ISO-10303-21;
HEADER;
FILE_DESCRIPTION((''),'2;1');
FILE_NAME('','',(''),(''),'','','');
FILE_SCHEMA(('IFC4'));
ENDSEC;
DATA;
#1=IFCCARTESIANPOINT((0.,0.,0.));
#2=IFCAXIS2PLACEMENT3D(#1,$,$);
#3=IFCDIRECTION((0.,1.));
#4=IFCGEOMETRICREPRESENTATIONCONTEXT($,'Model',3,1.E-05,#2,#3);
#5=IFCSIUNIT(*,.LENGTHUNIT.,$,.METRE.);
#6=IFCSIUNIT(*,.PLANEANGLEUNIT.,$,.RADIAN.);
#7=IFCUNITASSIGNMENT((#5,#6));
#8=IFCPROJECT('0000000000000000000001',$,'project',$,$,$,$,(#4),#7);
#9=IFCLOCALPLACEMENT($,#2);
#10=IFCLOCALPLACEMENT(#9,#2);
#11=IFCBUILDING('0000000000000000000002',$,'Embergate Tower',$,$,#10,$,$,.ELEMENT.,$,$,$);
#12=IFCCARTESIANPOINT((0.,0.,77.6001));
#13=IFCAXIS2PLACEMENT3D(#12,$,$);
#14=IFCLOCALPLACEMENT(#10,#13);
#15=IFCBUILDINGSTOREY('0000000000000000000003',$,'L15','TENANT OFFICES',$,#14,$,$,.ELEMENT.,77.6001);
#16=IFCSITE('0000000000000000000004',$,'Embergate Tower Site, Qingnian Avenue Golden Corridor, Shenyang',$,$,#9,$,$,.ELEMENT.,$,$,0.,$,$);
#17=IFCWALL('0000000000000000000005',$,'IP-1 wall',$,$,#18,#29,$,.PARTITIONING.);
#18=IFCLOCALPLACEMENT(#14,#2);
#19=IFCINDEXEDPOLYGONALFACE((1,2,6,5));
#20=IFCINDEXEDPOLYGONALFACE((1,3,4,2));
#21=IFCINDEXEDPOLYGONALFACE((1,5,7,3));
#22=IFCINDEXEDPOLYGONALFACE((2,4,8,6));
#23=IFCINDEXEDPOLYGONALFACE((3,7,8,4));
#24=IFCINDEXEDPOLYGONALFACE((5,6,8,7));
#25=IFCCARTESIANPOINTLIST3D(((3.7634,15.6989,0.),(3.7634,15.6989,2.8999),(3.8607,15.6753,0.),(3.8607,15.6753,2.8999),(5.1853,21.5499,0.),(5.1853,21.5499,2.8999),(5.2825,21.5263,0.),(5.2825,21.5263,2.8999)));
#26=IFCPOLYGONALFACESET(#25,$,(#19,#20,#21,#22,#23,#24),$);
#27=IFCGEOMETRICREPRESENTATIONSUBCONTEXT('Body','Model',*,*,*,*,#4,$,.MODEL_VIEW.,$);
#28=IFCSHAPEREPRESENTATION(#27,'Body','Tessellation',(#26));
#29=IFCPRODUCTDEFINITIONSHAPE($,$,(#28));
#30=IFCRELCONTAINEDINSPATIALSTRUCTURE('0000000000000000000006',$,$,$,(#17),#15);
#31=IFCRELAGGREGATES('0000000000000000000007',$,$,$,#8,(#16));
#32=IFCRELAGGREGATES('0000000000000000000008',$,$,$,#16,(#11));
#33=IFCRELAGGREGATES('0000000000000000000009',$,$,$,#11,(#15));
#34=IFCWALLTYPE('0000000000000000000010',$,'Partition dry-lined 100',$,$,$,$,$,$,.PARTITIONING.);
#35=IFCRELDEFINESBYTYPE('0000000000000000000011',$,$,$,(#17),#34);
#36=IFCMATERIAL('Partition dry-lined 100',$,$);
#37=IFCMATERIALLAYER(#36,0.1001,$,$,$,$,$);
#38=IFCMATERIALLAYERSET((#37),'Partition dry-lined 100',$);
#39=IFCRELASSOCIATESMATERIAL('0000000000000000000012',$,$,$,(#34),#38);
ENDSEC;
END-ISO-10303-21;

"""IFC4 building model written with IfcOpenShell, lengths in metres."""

from ifc_helpers import new_model, si_unit, direction, frame, frame_2d, origin, place, context, subcontext, project, spatial, rectangle, extrude, source, transform, mapped, material, layer, layer_set, type_object, element, save


model = new_model("IFC4")

# Units and contexts
model_context = context("Model", 3, precision=1e-05, world=origin(), true_north=direction((0.0, 1.0)))
body_context = subcontext(model_context, "Body", "Model", "MODEL_VIEW")
ifc_project = project(units=[si_unit("LENGTHUNIT", "METRE"), si_unit("PLANEANGLEUNIT", "RADIAN")], contexts=[model_context])

# Site, building, storey
site_placement = place(None, origin())
site = spatial("IfcSite", under=ifc_project, at=site_placement, Name="Embergate Tower Site, Qingnian Avenue Golden Corridor, Shenyang", CompositionType="ELEMENT", RefElevation=0.0)
building_placement = place(site_placement, origin())
building = spatial("IfcBuilding", under=site, at=building_placement, Name="Embergate Tower", CompositionType="ELEMENT")
storey_placement = place(building_placement, frame((0.0, 0.0, 77.6001)))
storey = spatial("IfcBuildingStorey", under=building, at=storey_placement, Name="L15", Description="TENANT OFFICES", CompositionType="ELEMENT", Elevation=77.6001)

# Wall
ifc_material_1 = material(Name="Partition dry-lined 100")
ifc_layer_1 = layer(ifc_material_1, 0.1001)
ifc_layer_set_1 = layer_set([ifc_layer_1], Name="Partition dry-lined 100")
wall_type_1 = type_object("IfcWallType", Name="Partition dry-lined 100", PredefinedType="PARTITIONING", material=ifc_layer_set_1)
shared_shape_1 = source(origin(), body_context, "Body", "SweptSolid", [
    extrude(rectangle(XDim=6.0212, YDim=0.1001, at=frame_2d((3.0107, 0.0))), origin(), (0.0, 0.0, 1.0), 2.8999),
])
wall_1_placement = place(storey_placement, frame((3.812, 15.687, 0.0), z_axis=(0.0, 0.0, 1.0), x_axis=(0.236138, 0.971719, 0.0)))
element("IfcWall", 1, at=wall_1_placement, inside=storey, type_object=wall_type_1, Name="IP-1 wall", PredefinedType="PARTITIONING", context=body_context, shape_type="MappedRepresentation", body=[
    mapped(shared_shape_1, transform((0.0, 0.0, 0.0))),
])

save(model, "model.ifc")
